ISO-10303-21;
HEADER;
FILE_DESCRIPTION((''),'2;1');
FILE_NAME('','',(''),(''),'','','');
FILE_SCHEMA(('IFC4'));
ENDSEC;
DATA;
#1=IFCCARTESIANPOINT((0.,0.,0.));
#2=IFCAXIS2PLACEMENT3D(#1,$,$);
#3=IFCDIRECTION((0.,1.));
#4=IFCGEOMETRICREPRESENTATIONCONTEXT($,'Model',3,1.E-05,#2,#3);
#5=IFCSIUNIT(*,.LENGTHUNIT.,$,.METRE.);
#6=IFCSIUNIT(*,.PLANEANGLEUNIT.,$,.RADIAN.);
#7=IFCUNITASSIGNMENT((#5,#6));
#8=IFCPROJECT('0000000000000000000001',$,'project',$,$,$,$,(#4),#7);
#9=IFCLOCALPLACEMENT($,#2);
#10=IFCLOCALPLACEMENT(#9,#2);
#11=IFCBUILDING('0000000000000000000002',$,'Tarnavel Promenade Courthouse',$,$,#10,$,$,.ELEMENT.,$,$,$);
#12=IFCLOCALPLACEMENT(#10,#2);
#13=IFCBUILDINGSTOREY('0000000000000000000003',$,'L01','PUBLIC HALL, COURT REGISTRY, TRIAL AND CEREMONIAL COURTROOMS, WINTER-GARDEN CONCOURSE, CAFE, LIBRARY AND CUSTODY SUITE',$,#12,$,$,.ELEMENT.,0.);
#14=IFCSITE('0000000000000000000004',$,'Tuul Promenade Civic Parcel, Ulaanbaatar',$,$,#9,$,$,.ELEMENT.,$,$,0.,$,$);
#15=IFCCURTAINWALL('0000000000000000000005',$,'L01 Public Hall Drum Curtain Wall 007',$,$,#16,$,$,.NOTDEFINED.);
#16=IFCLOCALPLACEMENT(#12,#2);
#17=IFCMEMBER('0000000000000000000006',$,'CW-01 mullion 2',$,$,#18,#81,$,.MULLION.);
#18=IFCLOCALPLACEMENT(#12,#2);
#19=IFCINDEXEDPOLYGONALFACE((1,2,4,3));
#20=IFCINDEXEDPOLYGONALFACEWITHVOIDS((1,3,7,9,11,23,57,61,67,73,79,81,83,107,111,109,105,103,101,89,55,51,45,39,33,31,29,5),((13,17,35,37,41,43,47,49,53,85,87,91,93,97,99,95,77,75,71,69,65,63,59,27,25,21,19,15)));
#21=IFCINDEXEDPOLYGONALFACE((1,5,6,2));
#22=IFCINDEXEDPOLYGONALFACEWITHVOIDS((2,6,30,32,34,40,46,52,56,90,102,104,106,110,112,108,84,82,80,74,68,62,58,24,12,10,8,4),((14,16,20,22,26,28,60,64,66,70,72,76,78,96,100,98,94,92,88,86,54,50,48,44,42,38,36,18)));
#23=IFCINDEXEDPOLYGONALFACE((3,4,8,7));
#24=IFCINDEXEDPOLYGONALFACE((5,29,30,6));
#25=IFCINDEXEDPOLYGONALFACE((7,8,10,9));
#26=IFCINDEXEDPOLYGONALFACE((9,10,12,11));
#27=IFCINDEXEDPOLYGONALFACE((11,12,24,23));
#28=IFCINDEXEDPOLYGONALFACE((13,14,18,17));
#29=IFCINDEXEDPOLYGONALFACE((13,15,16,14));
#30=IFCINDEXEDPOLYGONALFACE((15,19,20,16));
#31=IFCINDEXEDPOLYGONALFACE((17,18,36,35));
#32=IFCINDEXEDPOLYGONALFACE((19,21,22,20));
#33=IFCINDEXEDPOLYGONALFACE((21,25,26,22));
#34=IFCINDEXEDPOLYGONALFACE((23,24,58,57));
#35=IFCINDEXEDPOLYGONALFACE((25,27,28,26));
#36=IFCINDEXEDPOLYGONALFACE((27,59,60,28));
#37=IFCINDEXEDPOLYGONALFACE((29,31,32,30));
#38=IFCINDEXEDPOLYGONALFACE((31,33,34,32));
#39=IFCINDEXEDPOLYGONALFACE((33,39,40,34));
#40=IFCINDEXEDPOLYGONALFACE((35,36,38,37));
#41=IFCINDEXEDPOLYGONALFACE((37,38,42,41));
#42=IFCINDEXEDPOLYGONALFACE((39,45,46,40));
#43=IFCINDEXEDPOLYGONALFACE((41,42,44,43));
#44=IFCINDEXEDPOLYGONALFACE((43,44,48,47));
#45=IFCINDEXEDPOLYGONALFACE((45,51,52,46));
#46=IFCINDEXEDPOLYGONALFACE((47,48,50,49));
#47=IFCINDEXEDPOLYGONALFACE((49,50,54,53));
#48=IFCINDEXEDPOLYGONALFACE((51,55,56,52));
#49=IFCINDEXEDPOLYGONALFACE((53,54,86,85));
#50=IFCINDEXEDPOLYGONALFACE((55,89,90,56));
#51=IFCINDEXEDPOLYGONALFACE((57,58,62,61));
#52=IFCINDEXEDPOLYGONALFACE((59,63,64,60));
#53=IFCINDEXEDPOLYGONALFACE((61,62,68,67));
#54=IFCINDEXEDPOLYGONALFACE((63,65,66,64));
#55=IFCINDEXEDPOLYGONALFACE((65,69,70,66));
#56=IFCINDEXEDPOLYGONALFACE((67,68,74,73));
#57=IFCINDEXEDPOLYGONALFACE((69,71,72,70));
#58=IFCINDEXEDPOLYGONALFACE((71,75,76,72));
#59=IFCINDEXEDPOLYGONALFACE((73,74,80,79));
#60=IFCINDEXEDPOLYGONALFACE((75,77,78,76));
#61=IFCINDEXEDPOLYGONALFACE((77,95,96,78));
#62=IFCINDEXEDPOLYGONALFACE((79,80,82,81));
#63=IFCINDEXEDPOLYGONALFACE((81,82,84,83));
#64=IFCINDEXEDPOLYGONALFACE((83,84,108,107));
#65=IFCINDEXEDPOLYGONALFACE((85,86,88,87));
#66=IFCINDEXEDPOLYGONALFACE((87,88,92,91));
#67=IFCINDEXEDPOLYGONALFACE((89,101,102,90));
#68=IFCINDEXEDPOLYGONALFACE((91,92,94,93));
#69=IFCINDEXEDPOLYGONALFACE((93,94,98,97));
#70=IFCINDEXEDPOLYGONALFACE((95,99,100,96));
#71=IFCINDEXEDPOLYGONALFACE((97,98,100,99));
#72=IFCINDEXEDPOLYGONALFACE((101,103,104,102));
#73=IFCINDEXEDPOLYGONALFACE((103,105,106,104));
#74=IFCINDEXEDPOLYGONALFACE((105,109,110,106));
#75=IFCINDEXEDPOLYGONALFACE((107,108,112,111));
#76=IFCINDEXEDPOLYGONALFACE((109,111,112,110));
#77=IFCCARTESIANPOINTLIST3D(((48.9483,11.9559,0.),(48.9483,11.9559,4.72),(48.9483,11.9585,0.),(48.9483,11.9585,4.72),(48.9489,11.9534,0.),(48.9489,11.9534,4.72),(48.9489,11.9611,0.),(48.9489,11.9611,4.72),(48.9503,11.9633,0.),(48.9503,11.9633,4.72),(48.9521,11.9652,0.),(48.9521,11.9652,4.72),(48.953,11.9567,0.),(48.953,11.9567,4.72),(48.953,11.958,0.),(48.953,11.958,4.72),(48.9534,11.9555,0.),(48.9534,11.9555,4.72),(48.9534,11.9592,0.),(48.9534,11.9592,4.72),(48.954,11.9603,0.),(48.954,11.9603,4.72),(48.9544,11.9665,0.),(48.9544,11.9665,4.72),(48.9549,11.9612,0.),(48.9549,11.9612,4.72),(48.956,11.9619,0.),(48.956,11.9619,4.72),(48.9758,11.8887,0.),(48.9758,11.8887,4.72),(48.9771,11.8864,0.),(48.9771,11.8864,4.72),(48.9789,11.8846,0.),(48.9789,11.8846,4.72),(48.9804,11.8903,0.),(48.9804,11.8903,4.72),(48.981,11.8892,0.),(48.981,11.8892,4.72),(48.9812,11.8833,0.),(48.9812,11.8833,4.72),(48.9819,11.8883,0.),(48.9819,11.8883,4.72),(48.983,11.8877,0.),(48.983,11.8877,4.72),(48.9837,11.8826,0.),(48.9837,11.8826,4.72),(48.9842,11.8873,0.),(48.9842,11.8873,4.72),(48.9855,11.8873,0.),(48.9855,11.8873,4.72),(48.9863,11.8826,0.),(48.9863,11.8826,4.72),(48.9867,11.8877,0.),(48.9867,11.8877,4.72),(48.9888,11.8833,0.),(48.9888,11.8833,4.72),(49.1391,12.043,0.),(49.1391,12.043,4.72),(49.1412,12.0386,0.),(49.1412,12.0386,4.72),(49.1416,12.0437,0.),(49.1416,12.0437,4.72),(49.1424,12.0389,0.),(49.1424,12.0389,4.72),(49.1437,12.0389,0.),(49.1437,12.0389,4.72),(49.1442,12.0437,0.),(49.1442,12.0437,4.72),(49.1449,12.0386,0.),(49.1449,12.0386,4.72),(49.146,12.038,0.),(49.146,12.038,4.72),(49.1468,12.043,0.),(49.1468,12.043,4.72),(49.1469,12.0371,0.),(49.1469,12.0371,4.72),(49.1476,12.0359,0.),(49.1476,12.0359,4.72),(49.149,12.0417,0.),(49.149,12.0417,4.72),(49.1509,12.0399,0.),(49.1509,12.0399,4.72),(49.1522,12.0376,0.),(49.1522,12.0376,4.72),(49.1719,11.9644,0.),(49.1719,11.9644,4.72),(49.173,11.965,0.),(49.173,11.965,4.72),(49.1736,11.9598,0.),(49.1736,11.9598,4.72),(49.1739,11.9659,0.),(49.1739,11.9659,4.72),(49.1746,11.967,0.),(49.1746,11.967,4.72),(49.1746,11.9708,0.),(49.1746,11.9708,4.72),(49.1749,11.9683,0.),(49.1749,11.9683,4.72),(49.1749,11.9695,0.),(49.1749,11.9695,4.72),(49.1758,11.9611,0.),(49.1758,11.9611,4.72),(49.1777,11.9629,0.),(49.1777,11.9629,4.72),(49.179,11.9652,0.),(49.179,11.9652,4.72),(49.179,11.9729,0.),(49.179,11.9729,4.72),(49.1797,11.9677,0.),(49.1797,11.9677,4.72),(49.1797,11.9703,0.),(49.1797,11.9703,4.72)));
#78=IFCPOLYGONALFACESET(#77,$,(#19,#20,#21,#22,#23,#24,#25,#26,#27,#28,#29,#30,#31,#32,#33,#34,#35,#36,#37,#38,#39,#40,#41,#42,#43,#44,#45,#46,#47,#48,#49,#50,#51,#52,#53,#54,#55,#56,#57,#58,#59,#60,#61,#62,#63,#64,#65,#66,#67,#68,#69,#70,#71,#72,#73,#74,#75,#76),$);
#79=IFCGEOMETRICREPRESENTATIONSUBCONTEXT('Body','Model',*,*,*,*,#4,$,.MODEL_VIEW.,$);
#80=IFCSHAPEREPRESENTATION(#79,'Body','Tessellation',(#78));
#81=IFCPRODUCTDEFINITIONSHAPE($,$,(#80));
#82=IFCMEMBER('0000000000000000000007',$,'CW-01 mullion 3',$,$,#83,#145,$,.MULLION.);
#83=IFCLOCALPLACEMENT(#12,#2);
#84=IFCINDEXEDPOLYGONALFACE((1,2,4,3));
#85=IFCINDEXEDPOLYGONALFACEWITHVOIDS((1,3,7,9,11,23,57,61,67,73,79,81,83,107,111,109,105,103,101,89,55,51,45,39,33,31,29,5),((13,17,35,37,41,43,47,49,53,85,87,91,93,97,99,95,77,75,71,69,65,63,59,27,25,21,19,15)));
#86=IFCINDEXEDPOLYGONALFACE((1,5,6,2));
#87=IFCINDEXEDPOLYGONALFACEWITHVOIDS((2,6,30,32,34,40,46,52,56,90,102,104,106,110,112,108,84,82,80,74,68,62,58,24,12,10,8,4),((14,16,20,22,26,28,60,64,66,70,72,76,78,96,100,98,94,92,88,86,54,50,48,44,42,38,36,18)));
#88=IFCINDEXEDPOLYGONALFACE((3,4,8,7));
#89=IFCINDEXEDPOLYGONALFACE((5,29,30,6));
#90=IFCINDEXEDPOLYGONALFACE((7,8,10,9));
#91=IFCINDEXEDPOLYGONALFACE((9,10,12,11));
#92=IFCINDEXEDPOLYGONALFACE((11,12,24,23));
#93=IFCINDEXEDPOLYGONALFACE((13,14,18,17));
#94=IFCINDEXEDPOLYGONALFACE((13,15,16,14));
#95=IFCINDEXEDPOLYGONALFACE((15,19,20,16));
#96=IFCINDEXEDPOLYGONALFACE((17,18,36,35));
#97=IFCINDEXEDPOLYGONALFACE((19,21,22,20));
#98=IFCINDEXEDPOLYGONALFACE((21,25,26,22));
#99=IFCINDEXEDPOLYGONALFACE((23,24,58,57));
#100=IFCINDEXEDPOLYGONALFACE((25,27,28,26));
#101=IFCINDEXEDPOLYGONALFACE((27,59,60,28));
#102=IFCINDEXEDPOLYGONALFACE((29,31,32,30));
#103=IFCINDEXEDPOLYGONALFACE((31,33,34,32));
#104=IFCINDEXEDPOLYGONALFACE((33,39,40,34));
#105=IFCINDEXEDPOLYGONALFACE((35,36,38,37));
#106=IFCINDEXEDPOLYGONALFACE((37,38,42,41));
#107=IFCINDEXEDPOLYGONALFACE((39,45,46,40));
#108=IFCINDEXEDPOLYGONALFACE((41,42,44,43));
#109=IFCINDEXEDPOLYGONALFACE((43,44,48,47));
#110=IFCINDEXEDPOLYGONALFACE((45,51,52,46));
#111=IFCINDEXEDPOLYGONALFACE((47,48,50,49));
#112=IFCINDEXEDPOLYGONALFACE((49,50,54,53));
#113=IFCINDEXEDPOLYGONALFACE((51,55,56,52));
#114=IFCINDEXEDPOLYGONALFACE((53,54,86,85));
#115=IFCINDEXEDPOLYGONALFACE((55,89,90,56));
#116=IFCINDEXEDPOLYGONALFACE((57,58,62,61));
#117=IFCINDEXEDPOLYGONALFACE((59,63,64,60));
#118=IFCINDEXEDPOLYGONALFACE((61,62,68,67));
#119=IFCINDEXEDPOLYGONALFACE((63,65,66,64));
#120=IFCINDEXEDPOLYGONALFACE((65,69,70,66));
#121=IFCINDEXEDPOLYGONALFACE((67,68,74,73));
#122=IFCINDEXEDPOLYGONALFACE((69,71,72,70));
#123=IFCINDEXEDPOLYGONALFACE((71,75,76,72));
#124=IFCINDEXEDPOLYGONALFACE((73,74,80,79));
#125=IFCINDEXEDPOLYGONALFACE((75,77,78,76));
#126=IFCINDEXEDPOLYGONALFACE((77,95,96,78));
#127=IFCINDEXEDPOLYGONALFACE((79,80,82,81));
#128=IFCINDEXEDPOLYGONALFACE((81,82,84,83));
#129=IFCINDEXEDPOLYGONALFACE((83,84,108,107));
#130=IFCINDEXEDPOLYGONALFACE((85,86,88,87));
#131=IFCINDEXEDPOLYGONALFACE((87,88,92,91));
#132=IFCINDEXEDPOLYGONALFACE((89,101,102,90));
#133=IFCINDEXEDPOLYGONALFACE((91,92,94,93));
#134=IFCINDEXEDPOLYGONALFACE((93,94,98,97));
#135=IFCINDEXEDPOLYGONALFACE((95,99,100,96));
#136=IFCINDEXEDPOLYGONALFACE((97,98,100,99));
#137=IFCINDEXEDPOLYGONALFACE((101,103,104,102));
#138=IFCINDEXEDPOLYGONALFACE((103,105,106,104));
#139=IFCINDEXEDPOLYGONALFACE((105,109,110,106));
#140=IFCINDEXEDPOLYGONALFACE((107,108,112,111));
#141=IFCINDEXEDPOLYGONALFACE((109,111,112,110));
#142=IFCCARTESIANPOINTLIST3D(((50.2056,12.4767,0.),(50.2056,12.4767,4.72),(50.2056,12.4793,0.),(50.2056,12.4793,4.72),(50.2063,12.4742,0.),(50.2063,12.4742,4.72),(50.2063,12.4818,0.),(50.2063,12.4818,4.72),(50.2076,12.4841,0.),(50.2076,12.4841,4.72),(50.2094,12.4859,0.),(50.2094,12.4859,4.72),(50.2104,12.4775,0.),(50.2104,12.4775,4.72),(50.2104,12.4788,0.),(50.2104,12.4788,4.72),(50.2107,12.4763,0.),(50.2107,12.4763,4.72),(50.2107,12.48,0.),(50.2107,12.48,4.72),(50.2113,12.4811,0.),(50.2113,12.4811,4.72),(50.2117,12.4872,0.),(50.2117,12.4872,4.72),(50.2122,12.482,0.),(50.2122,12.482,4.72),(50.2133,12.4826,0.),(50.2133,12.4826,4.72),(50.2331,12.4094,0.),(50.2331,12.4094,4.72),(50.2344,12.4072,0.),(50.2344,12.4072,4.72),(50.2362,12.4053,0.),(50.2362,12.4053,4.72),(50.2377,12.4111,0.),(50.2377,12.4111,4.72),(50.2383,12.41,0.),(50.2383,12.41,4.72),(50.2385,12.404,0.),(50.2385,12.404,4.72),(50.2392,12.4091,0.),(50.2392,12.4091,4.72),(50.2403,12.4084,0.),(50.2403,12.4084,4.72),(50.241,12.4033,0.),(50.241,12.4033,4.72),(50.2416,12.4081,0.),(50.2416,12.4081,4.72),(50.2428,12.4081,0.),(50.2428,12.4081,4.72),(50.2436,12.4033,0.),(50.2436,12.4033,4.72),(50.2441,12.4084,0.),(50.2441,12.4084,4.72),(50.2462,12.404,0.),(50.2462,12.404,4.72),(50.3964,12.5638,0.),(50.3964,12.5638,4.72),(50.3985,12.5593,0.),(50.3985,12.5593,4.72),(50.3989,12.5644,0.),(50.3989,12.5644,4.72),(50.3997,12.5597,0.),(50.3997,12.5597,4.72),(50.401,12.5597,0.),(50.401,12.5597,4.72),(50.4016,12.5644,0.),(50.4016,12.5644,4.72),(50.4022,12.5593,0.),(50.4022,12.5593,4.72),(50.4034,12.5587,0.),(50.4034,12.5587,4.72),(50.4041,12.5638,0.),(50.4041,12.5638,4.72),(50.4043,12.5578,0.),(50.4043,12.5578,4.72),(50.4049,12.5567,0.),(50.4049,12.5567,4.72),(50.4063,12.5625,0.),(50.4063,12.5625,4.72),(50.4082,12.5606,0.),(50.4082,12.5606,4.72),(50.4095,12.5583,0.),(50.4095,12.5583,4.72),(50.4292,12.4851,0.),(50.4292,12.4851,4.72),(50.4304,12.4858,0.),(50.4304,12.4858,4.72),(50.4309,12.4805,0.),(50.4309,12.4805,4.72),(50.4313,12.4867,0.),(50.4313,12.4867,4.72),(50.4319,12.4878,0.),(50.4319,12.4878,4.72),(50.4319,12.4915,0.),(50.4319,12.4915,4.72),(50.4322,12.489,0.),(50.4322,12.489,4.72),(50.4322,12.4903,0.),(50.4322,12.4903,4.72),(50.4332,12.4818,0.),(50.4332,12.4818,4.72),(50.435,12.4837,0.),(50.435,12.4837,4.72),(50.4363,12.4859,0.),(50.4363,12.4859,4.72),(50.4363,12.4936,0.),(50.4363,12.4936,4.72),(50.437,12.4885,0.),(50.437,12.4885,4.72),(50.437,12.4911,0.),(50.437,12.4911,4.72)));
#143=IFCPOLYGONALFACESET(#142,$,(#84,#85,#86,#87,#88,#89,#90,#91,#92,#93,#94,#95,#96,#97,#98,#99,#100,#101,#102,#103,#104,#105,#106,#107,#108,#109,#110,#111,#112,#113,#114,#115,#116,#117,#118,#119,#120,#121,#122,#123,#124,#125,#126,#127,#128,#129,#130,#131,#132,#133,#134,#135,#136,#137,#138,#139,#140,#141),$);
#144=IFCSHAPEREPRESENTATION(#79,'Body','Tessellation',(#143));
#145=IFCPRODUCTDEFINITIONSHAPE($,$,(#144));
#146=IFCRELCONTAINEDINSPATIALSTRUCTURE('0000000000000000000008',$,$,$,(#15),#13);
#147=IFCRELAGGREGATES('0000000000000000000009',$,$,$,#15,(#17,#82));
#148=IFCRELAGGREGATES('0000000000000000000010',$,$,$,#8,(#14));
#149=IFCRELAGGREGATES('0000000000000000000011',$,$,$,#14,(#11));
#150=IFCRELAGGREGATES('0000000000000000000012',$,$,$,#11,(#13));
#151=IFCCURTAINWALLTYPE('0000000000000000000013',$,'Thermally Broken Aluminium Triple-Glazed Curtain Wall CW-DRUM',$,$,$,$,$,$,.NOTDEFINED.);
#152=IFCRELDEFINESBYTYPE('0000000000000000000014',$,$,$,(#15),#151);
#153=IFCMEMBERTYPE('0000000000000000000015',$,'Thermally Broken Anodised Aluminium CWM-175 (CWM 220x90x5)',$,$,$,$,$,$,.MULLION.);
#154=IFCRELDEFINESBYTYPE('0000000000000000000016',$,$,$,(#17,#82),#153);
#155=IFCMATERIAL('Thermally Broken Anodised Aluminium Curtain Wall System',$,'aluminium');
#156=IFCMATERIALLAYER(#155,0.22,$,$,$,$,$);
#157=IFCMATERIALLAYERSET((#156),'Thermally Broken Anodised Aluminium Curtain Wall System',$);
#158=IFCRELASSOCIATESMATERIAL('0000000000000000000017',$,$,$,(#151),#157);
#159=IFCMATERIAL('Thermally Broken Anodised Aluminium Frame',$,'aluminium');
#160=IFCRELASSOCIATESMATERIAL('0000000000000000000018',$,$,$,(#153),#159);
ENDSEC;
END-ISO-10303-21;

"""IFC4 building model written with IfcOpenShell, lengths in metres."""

from ifc_helpers import new_model, si_unit, direction, frame, origin, origin_2d, place, context, subcontext, project, spatial, hollow_rectangle, extrude, material, layer, layer_set, material_profile, profile_set, type_object, element, aggregate, save


model = new_model("IFC4")

# Units and contexts
model_context = context("Model", 3, precision=1e-05, world=origin(), true_north=direction((0.0, 1.0)))
body_context = subcontext(model_context, "Body", "Model", "MODEL_VIEW")
ifc_project = project(units=[si_unit("LENGTHUNIT", "METRE"), si_unit("PLANEANGLEUNIT", "RADIAN")], contexts=[model_context])

# Site, building, storey
site_placement = place(None, origin())
site = spatial("IfcSite", under=ifc_project, at=site_placement, Name="Tuul Promenade Civic Parcel, Ulaanbaatar", CompositionType="ELEMENT", RefElevation=0.0)
building_placement = place(site_placement, origin())
building = spatial("IfcBuilding", under=site, at=building_placement, Name="Tarnavel Promenade Courthouse", CompositionType="ELEMENT")
storey_placement = place(building_placement, origin())
storey = spatial("IfcBuildingStorey", under=building, at=storey_placement, Name="L01", Description="PUBLIC HALL, COURT REGISTRY, TRIAL AND CEREMONIAL COURTROOMS, WINTER-GARDEN CONCOURSE, CAFE, LIBRARY AND CUSTODY SUITE", CompositionType="ELEMENT", Elevation=0.0)

# Curtain wall, members
ifc_material_1 = material(Name="Thermally Broken Anodised Aluminium Curtain Wall System", Category="aluminium")
ifc_layer_1 = layer(ifc_material_1, 0.22)
ifc_layer_set_1 = layer_set([ifc_layer_1], Name="Thermally Broken Anodised Aluminium Curtain Wall System")
curtain_wall_type = type_object("IfcCurtainWallType", Name="Thermally Broken Aluminium Triple-Glazed Curtain Wall CW-DRUM", PredefinedType="NOTDEFINED", material=ifc_layer_set_1)
ifc_material_2 = material(Name="Thermally Broken Anodised Aluminium Frame", Category="aluminium")
ifc_material_profile_1 = material_profile(ifc_material_2, hollow_rectangle(XDim=0.0901, YDim=0.22, WallThickness=0.0049, InnerFilletRadius=0.0049, OuterFilletRadius=0.01, at=origin_2d()), Name="CWM 220x90x5")
ifc_profile_set_1 = profile_set([ifc_material_profile_1], Name="Thermally Broken Anodised Aluminium Frame")
member_type_1 = type_object("IfcMemberType", Name="Thermally Broken Anodised Aluminium CWM-175 (CWM 220x90x5)", PredefinedType="MULLION", material=ifc_profile_set_1)
curtain_wall_1_placement = place(storey_placement, origin())
curtain_wall_1 = element("IfcCurtainWall", 1, at=curtain_wall_1_placement, inside=storey, type_object=curtain_wall_type, Name="L01 Public Hall Drum Curtain Wall 007", PredefinedType="NOTDEFINED")
member_1_placement = place(storey_placement, frame((49.064, 11.9631, 0.0), z_axis=(0.0, 0.0, 1.0), x_axis=(-0.382685, 0.923879, 0.0)))
member_1 = element("IfcMember", 2, at=member_1_placement, type_object=member_type_1, Name="CW-01 mullion 2", PredefinedType="MULLION", context=body_context, shape_type="SweptSolid", body=[
    extrude(hollow_rectangle(XDim=0.0901, YDim=0.22, WallThickness=0.0049, InnerFilletRadius=0.0049, OuterFilletRadius=0.01, at=origin_2d()), origin(), (0.0, 0.0, 1.0), 4.72),
])
member_2_placement = place(storey_placement, frame((50.3213, 12.4839, 0.0), z_axis=(0.0, 0.0, 1.0), x_axis=(-0.382685, 0.923879, 0.0)))
member_2 = element("IfcMember", 3, at=member_2_placement, type_object=member_type_1, Name="CW-01 mullion 3", PredefinedType="MULLION", context=body_context, shape_type="SweptSolid", body=[
    extrude(hollow_rectangle(XDim=0.0901, YDim=0.22, WallThickness=0.0049, InnerFilletRadius=0.0049, OuterFilletRadius=0.01, at=origin_2d()), origin(), (0.0, 0.0, 1.0), 4.72),
])

aggregate(curtain_wall_1, [member_1, member_2])

save(model, "model.ifc")
